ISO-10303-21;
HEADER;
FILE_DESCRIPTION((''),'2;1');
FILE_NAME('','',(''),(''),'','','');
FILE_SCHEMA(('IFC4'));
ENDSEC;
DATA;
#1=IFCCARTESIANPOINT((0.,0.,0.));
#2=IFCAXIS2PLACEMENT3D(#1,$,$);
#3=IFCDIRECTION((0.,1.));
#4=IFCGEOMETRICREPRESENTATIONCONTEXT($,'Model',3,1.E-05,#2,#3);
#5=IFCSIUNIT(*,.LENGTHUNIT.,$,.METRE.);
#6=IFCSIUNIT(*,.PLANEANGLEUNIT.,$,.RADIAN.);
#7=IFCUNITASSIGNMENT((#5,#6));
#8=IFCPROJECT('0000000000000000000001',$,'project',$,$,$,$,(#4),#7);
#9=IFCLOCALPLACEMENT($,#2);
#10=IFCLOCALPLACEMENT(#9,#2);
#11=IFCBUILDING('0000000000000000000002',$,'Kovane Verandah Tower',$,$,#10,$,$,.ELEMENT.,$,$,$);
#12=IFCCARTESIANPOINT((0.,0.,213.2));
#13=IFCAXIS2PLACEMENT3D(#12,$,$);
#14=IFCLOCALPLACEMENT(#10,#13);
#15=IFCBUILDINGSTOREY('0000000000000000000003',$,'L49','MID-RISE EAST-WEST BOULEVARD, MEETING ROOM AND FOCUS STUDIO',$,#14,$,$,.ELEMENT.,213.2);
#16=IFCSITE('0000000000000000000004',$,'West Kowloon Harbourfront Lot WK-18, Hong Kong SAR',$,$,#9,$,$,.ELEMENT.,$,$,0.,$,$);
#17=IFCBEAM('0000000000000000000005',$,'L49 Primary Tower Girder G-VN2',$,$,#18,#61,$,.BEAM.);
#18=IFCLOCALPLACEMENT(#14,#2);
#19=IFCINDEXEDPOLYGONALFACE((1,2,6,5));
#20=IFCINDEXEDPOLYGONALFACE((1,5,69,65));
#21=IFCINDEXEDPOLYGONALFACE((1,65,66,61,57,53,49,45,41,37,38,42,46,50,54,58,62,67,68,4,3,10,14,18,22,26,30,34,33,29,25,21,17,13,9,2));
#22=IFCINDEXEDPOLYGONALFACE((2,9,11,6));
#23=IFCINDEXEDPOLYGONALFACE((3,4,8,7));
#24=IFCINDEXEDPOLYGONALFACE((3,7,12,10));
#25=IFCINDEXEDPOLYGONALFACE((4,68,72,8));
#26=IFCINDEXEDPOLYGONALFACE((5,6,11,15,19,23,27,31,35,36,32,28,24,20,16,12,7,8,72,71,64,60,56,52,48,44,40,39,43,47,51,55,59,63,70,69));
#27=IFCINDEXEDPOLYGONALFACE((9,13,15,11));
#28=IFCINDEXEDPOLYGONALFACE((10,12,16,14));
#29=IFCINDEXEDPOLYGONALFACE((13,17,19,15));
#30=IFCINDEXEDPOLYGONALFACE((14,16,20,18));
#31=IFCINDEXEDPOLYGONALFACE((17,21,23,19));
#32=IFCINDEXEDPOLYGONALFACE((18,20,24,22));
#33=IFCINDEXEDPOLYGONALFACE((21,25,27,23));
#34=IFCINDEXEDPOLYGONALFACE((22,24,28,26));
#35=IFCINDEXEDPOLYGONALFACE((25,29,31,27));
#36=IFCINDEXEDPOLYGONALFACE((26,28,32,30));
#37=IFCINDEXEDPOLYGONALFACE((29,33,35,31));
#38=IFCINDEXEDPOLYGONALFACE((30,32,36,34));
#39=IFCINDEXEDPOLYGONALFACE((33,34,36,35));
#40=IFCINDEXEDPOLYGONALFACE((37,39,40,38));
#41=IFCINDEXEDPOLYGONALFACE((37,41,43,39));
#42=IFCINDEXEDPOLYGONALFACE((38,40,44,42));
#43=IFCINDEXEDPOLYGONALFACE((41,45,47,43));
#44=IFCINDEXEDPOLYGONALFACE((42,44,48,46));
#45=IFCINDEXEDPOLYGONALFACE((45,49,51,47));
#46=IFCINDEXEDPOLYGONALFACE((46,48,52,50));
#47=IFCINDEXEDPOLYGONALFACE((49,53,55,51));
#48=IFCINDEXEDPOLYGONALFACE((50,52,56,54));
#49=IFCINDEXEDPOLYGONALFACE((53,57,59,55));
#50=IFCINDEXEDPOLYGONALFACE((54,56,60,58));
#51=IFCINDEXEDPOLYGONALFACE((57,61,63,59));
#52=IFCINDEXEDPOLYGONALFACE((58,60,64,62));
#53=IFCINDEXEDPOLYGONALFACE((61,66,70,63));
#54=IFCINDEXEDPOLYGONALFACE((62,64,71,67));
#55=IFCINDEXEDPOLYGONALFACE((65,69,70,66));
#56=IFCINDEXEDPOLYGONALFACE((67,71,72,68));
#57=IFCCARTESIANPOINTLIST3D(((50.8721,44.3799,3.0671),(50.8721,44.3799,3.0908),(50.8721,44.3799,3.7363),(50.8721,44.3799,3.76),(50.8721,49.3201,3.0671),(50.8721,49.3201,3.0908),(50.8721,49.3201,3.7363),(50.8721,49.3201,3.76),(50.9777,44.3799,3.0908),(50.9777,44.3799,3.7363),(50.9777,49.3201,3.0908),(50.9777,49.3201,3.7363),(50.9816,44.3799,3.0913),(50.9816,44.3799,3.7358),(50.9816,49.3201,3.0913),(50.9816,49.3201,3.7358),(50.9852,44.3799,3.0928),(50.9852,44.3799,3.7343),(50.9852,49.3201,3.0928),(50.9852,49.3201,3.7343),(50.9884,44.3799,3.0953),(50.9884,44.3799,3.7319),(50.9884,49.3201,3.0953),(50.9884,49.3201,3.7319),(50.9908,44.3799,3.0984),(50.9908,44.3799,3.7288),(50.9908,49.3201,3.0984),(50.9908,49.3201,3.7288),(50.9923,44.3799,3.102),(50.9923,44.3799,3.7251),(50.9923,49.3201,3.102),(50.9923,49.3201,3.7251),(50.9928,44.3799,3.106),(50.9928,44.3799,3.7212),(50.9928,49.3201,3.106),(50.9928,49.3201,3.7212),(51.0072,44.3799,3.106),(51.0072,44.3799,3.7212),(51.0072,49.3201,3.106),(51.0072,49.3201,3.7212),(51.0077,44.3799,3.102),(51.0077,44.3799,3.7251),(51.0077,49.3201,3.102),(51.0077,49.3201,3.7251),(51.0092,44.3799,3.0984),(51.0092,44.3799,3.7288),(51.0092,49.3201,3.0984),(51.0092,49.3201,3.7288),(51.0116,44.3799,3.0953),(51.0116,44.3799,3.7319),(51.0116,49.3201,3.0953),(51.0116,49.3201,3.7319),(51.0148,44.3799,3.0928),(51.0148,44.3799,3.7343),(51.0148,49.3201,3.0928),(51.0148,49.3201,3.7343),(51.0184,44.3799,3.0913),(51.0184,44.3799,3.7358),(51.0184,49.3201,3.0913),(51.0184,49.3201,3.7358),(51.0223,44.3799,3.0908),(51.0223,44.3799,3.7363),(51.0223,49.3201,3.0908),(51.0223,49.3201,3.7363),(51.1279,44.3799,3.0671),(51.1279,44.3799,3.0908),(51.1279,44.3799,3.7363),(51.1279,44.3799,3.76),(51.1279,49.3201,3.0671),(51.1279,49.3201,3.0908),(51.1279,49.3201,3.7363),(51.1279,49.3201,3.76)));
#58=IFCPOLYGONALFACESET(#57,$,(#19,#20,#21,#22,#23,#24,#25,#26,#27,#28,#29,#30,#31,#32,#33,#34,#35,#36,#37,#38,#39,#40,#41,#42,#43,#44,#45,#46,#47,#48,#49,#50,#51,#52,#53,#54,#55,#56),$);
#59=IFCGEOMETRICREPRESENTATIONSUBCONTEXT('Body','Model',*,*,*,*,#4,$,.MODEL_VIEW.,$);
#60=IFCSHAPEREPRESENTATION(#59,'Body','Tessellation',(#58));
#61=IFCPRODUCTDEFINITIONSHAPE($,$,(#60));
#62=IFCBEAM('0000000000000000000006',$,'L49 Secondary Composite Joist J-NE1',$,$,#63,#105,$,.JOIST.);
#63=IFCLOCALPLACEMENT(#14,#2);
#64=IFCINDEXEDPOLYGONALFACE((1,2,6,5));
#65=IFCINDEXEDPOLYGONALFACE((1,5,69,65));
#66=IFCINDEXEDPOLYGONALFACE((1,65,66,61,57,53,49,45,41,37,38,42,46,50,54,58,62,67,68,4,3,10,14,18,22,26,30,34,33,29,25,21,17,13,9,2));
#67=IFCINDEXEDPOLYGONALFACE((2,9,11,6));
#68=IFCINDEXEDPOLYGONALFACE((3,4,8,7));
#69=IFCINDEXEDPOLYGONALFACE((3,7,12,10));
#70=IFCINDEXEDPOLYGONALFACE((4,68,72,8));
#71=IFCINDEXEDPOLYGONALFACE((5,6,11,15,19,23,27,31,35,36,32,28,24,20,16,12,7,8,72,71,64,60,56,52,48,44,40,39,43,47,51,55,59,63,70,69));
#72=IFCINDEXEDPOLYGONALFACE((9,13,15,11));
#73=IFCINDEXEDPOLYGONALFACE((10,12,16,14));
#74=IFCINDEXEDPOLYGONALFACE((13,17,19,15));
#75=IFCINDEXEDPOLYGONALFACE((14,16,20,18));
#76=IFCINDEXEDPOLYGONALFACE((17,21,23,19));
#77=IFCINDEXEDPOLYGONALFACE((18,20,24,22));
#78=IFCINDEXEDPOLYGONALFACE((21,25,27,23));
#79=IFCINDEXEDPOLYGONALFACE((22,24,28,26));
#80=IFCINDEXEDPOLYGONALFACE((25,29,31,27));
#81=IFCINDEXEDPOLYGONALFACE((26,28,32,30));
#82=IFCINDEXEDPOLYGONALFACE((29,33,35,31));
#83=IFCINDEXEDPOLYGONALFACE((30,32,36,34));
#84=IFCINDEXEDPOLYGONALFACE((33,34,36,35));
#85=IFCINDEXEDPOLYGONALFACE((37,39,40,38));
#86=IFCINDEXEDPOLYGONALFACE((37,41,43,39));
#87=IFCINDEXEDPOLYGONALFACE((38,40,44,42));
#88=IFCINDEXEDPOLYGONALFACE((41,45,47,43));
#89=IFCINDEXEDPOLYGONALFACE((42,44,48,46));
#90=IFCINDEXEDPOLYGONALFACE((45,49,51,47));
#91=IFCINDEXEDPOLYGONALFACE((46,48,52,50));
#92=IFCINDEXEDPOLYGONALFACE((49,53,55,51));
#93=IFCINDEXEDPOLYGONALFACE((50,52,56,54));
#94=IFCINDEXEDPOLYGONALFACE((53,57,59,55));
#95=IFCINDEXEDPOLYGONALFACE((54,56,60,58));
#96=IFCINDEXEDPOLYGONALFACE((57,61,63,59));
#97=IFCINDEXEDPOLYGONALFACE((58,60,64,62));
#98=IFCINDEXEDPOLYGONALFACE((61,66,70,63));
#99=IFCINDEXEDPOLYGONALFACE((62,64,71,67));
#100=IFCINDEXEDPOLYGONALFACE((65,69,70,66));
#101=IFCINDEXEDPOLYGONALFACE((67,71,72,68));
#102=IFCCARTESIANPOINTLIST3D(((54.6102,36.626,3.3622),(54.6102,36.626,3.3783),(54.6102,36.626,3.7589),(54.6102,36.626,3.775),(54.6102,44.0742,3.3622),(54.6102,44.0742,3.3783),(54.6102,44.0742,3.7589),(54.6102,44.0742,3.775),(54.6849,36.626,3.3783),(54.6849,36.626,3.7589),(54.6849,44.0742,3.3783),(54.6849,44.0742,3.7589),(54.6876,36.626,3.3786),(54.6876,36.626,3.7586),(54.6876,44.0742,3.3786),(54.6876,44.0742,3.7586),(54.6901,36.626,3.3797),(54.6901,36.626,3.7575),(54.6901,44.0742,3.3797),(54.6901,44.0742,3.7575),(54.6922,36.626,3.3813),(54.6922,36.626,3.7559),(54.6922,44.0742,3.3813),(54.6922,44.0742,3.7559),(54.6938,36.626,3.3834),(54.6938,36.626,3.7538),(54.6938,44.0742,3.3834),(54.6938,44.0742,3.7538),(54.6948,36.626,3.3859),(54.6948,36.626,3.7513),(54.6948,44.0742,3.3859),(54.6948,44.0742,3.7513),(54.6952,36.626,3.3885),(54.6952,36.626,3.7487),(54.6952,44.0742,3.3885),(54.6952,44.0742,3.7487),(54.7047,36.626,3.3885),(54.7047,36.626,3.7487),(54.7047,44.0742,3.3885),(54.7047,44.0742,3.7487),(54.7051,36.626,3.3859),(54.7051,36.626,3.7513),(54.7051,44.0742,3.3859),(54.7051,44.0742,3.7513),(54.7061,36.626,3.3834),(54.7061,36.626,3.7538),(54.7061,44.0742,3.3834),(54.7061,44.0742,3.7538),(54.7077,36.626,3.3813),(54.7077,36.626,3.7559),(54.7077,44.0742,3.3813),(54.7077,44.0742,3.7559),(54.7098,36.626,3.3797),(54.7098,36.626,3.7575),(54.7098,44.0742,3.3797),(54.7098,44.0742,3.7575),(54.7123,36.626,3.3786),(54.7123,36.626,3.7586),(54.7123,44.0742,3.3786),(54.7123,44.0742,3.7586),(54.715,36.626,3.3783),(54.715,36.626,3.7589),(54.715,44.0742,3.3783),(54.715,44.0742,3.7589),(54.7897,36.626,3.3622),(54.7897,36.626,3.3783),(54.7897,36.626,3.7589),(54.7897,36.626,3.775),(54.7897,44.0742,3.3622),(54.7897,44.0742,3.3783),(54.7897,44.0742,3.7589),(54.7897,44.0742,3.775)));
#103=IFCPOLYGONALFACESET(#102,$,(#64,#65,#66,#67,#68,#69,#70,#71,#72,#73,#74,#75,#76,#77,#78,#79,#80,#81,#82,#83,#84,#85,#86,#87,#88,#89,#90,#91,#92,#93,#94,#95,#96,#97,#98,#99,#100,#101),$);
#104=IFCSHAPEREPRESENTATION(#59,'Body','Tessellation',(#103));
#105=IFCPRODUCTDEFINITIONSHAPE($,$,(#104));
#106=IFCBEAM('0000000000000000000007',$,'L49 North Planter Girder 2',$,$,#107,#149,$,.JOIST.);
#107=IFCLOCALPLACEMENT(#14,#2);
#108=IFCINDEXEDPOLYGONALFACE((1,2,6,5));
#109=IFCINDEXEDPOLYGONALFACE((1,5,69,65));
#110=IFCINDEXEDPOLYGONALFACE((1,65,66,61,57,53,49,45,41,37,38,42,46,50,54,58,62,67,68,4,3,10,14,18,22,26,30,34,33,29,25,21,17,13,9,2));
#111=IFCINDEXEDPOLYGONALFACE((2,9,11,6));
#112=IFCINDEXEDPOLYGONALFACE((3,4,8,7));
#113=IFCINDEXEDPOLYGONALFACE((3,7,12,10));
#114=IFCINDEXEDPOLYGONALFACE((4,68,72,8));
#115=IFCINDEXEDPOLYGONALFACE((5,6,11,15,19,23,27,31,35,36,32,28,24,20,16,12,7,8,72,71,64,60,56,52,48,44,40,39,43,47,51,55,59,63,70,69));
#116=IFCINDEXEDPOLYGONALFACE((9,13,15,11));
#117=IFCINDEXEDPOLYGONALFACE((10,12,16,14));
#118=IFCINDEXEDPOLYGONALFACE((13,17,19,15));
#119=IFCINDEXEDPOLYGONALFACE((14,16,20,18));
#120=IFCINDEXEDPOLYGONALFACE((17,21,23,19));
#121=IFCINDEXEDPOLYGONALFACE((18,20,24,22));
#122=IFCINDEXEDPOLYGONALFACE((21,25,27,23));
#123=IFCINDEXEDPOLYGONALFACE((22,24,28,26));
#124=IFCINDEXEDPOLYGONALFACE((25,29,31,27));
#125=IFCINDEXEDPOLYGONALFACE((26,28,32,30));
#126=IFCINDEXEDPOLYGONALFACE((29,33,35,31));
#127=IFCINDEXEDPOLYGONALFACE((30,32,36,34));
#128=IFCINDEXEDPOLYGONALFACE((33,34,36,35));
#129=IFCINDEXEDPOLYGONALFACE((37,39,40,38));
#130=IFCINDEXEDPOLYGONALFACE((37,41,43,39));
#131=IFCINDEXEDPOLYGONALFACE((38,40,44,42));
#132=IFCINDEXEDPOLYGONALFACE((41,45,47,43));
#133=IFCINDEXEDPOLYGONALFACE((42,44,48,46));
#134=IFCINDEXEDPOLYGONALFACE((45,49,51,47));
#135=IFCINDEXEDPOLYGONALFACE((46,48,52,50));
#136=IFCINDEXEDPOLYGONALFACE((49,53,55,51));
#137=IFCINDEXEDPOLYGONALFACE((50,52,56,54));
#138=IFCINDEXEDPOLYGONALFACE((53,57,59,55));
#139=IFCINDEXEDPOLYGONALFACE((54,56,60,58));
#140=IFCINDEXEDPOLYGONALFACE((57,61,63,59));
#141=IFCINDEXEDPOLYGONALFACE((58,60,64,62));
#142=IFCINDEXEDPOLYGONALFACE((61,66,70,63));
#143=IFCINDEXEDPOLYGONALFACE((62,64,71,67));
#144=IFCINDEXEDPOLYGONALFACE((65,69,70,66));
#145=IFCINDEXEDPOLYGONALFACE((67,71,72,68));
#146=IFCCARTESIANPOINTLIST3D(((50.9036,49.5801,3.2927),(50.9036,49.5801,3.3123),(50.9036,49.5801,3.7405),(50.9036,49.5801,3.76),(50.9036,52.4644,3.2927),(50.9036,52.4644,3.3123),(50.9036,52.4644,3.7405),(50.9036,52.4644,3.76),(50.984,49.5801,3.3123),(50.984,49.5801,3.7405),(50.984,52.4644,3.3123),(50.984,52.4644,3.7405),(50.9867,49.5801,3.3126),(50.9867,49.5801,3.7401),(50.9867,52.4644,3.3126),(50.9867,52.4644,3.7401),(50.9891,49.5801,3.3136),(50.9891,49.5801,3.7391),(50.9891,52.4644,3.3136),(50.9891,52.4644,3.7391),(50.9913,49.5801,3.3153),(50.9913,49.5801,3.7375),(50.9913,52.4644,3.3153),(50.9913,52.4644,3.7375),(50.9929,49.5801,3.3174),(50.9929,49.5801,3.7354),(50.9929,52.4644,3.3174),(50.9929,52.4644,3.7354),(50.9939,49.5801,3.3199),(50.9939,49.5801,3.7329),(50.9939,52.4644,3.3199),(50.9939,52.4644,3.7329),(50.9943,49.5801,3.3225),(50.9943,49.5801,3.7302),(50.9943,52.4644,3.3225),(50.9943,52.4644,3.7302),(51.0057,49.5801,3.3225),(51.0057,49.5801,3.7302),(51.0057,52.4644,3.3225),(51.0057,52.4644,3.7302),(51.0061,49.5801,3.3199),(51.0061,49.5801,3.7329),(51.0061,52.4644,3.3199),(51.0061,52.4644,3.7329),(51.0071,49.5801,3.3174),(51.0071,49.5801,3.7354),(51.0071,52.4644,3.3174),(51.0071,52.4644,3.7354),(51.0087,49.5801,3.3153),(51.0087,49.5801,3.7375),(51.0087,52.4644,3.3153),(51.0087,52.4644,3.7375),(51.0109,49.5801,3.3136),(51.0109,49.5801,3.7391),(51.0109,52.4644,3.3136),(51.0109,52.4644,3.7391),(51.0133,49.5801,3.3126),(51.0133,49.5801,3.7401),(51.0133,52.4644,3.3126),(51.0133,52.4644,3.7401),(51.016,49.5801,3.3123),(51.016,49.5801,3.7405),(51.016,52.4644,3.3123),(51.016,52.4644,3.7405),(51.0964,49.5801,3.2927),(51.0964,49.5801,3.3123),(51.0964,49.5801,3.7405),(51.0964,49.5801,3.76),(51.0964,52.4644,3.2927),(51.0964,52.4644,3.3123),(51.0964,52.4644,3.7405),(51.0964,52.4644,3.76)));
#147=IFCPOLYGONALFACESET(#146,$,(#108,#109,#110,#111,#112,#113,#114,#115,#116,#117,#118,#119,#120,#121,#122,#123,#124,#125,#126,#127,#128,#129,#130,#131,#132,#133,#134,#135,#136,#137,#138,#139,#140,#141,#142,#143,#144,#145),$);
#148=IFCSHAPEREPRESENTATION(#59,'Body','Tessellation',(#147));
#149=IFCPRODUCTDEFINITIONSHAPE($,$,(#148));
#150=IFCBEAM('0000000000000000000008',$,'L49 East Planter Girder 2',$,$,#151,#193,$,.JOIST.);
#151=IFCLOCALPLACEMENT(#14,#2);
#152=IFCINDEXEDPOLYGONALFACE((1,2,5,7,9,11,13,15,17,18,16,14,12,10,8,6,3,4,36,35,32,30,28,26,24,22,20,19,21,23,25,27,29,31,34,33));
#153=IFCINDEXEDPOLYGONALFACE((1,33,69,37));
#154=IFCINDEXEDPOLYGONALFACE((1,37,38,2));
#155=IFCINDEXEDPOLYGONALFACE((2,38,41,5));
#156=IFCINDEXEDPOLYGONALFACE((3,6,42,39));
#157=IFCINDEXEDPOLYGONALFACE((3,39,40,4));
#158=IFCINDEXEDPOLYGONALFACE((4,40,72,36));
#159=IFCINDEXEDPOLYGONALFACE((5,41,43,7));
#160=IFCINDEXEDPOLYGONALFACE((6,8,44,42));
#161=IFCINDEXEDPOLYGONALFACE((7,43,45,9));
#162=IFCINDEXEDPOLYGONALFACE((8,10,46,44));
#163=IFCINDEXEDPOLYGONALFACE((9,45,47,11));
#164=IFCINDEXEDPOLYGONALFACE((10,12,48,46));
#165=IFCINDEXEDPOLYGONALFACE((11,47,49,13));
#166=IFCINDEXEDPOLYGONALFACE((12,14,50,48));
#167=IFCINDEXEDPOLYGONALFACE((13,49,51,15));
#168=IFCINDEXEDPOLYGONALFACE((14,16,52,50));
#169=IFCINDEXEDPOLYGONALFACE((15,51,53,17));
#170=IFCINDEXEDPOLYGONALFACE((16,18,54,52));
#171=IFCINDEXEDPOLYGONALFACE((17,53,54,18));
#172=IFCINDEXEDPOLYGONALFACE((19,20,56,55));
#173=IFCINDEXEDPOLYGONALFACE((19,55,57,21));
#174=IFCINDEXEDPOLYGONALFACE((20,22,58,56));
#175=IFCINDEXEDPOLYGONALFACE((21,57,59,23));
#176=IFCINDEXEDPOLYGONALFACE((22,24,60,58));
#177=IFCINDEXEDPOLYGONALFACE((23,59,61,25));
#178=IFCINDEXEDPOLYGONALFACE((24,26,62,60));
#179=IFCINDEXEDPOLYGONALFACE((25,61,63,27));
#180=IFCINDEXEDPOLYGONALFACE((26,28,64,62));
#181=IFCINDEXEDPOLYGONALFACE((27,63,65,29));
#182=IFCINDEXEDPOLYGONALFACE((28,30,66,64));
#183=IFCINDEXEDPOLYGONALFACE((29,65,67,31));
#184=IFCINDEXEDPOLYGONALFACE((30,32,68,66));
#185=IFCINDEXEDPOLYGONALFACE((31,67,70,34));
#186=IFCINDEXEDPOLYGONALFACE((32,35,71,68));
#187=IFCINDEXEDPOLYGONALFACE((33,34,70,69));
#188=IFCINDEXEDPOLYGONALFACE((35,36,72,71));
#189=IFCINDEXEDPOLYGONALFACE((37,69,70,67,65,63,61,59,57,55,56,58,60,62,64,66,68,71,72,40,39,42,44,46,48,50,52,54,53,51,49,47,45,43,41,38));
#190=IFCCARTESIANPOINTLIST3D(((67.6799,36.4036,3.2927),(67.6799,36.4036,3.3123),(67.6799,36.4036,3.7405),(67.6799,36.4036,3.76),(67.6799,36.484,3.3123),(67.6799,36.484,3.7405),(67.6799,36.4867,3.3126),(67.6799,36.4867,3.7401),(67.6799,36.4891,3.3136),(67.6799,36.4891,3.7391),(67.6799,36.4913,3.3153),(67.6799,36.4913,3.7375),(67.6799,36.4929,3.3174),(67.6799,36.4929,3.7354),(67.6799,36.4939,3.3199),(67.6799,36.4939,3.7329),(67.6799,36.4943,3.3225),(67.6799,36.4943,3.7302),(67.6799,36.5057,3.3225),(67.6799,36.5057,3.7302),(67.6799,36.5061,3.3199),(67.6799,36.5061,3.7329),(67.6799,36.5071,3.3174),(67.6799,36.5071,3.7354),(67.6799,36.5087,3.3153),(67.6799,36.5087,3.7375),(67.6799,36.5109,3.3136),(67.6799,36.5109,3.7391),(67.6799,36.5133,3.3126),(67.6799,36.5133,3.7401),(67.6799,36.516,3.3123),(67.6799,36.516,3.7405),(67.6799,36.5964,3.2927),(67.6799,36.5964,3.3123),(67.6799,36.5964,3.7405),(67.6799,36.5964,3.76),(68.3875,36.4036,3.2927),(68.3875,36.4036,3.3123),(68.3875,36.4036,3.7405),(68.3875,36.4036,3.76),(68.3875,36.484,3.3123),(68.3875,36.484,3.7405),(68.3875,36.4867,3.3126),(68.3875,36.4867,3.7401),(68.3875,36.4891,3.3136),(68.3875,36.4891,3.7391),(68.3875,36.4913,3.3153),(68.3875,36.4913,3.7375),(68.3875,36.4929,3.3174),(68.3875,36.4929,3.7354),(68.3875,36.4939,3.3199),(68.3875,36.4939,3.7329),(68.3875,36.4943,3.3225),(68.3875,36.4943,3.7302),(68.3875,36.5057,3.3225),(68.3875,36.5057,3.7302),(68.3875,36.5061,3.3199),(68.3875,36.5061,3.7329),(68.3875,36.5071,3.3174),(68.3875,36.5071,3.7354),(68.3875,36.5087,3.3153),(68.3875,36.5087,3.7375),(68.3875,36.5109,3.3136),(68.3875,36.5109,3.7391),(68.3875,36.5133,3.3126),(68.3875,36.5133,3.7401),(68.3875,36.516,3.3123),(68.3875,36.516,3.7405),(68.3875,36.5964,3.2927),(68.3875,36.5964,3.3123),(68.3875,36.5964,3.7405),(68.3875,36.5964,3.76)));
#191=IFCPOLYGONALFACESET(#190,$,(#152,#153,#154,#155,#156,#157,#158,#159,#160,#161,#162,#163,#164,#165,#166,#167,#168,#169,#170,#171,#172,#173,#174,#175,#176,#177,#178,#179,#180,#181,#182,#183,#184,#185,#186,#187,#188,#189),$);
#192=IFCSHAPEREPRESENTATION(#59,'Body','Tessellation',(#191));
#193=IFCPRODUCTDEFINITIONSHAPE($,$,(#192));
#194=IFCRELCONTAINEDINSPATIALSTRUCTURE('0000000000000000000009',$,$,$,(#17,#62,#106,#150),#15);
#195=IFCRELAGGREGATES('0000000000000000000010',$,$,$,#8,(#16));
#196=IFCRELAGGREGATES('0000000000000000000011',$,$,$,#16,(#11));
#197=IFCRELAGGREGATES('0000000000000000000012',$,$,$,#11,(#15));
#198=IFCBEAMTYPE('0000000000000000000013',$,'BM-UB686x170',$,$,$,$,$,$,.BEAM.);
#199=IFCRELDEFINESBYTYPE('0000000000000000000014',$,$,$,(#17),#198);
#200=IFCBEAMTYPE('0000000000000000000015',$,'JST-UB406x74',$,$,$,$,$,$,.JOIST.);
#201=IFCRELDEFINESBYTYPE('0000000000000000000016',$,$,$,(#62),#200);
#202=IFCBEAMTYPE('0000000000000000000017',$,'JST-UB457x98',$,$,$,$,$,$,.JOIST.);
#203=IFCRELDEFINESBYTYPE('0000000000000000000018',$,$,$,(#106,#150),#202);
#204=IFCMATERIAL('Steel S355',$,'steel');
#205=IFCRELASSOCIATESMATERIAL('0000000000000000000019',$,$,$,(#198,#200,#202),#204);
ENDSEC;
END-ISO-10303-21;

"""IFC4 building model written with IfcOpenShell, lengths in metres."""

from ifc_helpers import new_model, si_unit, direction, frame, origin, origin_2d, place, context, subcontext, project, spatial, i_section, extrude, material, material_profile, profile_set, type_object, element, save


model = new_model("IFC4")

# Units and contexts
model_context = context("Model", 3, precision=1e-05, world=origin(), true_north=direction((0.0, 1.0)))
body_context = subcontext(model_context, "Body", "Model", "MODEL_VIEW")
ifc_project = project(units=[si_unit("LENGTHUNIT", "METRE"), si_unit("PLANEANGLEUNIT", "RADIAN")], contexts=[model_context])

# Site, building, storey
site_placement = place(None, origin())
site = spatial("IfcSite", under=ifc_project, at=site_placement, Name="West Kowloon Harbourfront Lot WK-18, Hong Kong SAR", CompositionType="ELEMENT", RefElevation=0.0)
building_placement = place(site_placement, origin())
building = spatial("IfcBuilding", under=site, at=building_placement, Name="Kovane Verandah Tower", CompositionType="ELEMENT")
storey_placement = place(building_placement, frame((0.0, 0.0, 213.2)))
storey = spatial("IfcBuildingStorey", under=building, at=storey_placement, Name="L49", Description="MID-RISE EAST-WEST BOULEVARD, MEETING ROOM AND FOCUS STUDIO", CompositionType="ELEMENT", Elevation=213.2)

# Beams
ifc_material_1 = material(Name="Steel S355", Category="steel")
ifc_material_profile_1 = material_profile(ifc_material_1, i_section(OverallWidth=0.2559, OverallDepth=0.6929, WebThickness=0.0144, FlangeThickness=0.0237, FilletRadius=0.0151, at=origin_2d()), Name="UB686x254x170")
ifc_profile_set_1 = profile_set([ifc_material_profile_1], Name="Steel S355")
beam_type_1 = type_object("IfcBeamType", Name="BM-UB686x170", PredefinedType="BEAM", material=ifc_profile_set_1)
beam_1_placement = place(storey_placement, frame((51.0, 44.3799, 3.4136), z_axis=(0.0, 1.0, 0.0), x_axis=(-1.0, 0.0, 0.0)))
element("IfcBeam", 1, at=beam_1_placement, inside=storey, type_object=beam_type_1, Name="L49 Primary Tower Girder G-VN2", PredefinedType="BEAM", context=body_context, shape_type="SweptSolid", body=[
    extrude(i_section(OverallWidth=0.2559, OverallDepth=0.6929, WebThickness=0.0144, FlangeThickness=0.0237, FilletRadius=0.0151, at=origin_2d()), origin(), (0.0, 0.0, 1.0), 4.9402),
])
ifc_material_profile_2 = material_profile(ifc_material_1, i_section(OverallWidth=0.1794, OverallDepth=0.4128, WebThickness=0.0095, FlangeThickness=0.0161, FilletRadius=0.0103, at=origin_2d()), Name="UB406x178x74")
ifc_profile_set_2 = profile_set([ifc_material_profile_2], Name="Steel S355")
beam_type_2 = type_object("IfcBeamType", Name="JST-UB406x74", PredefinedType="JOIST", material=ifc_profile_set_2)
beam_2_placement = place(storey_placement, frame((54.7, 36.626, 3.5686), z_axis=(0.0, 1.0, 0.0), x_axis=(-1.0, 0.0, 0.0)))
element("IfcBeam", 2, at=beam_2_placement, inside=storey, type_object=beam_type_2, Name="L49 Secondary Composite Joist J-NE1", PredefinedType="JOIST", context=body_context, shape_type="SweptSolid", body=[
    extrude(i_section(OverallWidth=0.1794, OverallDepth=0.4128, WebThickness=0.0095, FlangeThickness=0.0161, FilletRadius=0.0103, at=origin_2d()), origin(), (0.0, 0.0, 1.0), 7.4482),
])
ifc_material_profile_3 = material_profile(ifc_material_1, i_section(OverallWidth=0.1929, OverallDepth=0.4673, WebThickness=0.0115, FlangeThickness=0.0195, FilletRadius=0.0103, at=origin_2d()), Name="UB457x191x98")
ifc_profile_set_3 = profile_set([ifc_material_profile_3], Name="Steel S355")
beam_type_3 = type_object("IfcBeamType", Name="JST-UB457x98", PredefinedType="JOIST", material=ifc_profile_set_3)
beam_3_placement = place(storey_placement, frame((51.0, 49.5801, 3.5264), z_axis=(0.0, 1.0, 0.0), x_axis=(-1.0, 0.0, 0.0)))
element("IfcBeam", 3, at=beam_3_placement, inside=storey, type_object=beam_type_3, Name="L49 North Planter Girder 2", PredefinedType="JOIST", context=body_context, shape_type="SweptSolid", body=[
    extrude(i_section(OverallWidth=0.1929, OverallDepth=0.4673, WebThickness=0.0115, FlangeThickness=0.0195, FilletRadius=0.0103, at=origin_2d()), origin(), (0.0, 0.0, 1.0), 2.8843),
])
beam_4_placement = place(storey_placement, frame((67.6799, 36.5, 3.5264), z_axis=(1.0, 0.0, 0.0), x_axis=(0.0, 1.0, 0.0)))
element("IfcBeam", 4, at=beam_4_placement, inside=storey, type_object=beam_type_3, Name="L49 East Planter Girder 2", PredefinedType="JOIST", context=body_context, shape_type="SweptSolid", body=[
    extrude(i_section(OverallWidth=0.1929, OverallDepth=0.4673, WebThickness=0.0115, FlangeThickness=0.0195, FilletRadius=0.0103, at=origin_2d()), origin(), (0.0, 0.0, 1.0), 0.7075),
])

save(model, "model.ifc")
